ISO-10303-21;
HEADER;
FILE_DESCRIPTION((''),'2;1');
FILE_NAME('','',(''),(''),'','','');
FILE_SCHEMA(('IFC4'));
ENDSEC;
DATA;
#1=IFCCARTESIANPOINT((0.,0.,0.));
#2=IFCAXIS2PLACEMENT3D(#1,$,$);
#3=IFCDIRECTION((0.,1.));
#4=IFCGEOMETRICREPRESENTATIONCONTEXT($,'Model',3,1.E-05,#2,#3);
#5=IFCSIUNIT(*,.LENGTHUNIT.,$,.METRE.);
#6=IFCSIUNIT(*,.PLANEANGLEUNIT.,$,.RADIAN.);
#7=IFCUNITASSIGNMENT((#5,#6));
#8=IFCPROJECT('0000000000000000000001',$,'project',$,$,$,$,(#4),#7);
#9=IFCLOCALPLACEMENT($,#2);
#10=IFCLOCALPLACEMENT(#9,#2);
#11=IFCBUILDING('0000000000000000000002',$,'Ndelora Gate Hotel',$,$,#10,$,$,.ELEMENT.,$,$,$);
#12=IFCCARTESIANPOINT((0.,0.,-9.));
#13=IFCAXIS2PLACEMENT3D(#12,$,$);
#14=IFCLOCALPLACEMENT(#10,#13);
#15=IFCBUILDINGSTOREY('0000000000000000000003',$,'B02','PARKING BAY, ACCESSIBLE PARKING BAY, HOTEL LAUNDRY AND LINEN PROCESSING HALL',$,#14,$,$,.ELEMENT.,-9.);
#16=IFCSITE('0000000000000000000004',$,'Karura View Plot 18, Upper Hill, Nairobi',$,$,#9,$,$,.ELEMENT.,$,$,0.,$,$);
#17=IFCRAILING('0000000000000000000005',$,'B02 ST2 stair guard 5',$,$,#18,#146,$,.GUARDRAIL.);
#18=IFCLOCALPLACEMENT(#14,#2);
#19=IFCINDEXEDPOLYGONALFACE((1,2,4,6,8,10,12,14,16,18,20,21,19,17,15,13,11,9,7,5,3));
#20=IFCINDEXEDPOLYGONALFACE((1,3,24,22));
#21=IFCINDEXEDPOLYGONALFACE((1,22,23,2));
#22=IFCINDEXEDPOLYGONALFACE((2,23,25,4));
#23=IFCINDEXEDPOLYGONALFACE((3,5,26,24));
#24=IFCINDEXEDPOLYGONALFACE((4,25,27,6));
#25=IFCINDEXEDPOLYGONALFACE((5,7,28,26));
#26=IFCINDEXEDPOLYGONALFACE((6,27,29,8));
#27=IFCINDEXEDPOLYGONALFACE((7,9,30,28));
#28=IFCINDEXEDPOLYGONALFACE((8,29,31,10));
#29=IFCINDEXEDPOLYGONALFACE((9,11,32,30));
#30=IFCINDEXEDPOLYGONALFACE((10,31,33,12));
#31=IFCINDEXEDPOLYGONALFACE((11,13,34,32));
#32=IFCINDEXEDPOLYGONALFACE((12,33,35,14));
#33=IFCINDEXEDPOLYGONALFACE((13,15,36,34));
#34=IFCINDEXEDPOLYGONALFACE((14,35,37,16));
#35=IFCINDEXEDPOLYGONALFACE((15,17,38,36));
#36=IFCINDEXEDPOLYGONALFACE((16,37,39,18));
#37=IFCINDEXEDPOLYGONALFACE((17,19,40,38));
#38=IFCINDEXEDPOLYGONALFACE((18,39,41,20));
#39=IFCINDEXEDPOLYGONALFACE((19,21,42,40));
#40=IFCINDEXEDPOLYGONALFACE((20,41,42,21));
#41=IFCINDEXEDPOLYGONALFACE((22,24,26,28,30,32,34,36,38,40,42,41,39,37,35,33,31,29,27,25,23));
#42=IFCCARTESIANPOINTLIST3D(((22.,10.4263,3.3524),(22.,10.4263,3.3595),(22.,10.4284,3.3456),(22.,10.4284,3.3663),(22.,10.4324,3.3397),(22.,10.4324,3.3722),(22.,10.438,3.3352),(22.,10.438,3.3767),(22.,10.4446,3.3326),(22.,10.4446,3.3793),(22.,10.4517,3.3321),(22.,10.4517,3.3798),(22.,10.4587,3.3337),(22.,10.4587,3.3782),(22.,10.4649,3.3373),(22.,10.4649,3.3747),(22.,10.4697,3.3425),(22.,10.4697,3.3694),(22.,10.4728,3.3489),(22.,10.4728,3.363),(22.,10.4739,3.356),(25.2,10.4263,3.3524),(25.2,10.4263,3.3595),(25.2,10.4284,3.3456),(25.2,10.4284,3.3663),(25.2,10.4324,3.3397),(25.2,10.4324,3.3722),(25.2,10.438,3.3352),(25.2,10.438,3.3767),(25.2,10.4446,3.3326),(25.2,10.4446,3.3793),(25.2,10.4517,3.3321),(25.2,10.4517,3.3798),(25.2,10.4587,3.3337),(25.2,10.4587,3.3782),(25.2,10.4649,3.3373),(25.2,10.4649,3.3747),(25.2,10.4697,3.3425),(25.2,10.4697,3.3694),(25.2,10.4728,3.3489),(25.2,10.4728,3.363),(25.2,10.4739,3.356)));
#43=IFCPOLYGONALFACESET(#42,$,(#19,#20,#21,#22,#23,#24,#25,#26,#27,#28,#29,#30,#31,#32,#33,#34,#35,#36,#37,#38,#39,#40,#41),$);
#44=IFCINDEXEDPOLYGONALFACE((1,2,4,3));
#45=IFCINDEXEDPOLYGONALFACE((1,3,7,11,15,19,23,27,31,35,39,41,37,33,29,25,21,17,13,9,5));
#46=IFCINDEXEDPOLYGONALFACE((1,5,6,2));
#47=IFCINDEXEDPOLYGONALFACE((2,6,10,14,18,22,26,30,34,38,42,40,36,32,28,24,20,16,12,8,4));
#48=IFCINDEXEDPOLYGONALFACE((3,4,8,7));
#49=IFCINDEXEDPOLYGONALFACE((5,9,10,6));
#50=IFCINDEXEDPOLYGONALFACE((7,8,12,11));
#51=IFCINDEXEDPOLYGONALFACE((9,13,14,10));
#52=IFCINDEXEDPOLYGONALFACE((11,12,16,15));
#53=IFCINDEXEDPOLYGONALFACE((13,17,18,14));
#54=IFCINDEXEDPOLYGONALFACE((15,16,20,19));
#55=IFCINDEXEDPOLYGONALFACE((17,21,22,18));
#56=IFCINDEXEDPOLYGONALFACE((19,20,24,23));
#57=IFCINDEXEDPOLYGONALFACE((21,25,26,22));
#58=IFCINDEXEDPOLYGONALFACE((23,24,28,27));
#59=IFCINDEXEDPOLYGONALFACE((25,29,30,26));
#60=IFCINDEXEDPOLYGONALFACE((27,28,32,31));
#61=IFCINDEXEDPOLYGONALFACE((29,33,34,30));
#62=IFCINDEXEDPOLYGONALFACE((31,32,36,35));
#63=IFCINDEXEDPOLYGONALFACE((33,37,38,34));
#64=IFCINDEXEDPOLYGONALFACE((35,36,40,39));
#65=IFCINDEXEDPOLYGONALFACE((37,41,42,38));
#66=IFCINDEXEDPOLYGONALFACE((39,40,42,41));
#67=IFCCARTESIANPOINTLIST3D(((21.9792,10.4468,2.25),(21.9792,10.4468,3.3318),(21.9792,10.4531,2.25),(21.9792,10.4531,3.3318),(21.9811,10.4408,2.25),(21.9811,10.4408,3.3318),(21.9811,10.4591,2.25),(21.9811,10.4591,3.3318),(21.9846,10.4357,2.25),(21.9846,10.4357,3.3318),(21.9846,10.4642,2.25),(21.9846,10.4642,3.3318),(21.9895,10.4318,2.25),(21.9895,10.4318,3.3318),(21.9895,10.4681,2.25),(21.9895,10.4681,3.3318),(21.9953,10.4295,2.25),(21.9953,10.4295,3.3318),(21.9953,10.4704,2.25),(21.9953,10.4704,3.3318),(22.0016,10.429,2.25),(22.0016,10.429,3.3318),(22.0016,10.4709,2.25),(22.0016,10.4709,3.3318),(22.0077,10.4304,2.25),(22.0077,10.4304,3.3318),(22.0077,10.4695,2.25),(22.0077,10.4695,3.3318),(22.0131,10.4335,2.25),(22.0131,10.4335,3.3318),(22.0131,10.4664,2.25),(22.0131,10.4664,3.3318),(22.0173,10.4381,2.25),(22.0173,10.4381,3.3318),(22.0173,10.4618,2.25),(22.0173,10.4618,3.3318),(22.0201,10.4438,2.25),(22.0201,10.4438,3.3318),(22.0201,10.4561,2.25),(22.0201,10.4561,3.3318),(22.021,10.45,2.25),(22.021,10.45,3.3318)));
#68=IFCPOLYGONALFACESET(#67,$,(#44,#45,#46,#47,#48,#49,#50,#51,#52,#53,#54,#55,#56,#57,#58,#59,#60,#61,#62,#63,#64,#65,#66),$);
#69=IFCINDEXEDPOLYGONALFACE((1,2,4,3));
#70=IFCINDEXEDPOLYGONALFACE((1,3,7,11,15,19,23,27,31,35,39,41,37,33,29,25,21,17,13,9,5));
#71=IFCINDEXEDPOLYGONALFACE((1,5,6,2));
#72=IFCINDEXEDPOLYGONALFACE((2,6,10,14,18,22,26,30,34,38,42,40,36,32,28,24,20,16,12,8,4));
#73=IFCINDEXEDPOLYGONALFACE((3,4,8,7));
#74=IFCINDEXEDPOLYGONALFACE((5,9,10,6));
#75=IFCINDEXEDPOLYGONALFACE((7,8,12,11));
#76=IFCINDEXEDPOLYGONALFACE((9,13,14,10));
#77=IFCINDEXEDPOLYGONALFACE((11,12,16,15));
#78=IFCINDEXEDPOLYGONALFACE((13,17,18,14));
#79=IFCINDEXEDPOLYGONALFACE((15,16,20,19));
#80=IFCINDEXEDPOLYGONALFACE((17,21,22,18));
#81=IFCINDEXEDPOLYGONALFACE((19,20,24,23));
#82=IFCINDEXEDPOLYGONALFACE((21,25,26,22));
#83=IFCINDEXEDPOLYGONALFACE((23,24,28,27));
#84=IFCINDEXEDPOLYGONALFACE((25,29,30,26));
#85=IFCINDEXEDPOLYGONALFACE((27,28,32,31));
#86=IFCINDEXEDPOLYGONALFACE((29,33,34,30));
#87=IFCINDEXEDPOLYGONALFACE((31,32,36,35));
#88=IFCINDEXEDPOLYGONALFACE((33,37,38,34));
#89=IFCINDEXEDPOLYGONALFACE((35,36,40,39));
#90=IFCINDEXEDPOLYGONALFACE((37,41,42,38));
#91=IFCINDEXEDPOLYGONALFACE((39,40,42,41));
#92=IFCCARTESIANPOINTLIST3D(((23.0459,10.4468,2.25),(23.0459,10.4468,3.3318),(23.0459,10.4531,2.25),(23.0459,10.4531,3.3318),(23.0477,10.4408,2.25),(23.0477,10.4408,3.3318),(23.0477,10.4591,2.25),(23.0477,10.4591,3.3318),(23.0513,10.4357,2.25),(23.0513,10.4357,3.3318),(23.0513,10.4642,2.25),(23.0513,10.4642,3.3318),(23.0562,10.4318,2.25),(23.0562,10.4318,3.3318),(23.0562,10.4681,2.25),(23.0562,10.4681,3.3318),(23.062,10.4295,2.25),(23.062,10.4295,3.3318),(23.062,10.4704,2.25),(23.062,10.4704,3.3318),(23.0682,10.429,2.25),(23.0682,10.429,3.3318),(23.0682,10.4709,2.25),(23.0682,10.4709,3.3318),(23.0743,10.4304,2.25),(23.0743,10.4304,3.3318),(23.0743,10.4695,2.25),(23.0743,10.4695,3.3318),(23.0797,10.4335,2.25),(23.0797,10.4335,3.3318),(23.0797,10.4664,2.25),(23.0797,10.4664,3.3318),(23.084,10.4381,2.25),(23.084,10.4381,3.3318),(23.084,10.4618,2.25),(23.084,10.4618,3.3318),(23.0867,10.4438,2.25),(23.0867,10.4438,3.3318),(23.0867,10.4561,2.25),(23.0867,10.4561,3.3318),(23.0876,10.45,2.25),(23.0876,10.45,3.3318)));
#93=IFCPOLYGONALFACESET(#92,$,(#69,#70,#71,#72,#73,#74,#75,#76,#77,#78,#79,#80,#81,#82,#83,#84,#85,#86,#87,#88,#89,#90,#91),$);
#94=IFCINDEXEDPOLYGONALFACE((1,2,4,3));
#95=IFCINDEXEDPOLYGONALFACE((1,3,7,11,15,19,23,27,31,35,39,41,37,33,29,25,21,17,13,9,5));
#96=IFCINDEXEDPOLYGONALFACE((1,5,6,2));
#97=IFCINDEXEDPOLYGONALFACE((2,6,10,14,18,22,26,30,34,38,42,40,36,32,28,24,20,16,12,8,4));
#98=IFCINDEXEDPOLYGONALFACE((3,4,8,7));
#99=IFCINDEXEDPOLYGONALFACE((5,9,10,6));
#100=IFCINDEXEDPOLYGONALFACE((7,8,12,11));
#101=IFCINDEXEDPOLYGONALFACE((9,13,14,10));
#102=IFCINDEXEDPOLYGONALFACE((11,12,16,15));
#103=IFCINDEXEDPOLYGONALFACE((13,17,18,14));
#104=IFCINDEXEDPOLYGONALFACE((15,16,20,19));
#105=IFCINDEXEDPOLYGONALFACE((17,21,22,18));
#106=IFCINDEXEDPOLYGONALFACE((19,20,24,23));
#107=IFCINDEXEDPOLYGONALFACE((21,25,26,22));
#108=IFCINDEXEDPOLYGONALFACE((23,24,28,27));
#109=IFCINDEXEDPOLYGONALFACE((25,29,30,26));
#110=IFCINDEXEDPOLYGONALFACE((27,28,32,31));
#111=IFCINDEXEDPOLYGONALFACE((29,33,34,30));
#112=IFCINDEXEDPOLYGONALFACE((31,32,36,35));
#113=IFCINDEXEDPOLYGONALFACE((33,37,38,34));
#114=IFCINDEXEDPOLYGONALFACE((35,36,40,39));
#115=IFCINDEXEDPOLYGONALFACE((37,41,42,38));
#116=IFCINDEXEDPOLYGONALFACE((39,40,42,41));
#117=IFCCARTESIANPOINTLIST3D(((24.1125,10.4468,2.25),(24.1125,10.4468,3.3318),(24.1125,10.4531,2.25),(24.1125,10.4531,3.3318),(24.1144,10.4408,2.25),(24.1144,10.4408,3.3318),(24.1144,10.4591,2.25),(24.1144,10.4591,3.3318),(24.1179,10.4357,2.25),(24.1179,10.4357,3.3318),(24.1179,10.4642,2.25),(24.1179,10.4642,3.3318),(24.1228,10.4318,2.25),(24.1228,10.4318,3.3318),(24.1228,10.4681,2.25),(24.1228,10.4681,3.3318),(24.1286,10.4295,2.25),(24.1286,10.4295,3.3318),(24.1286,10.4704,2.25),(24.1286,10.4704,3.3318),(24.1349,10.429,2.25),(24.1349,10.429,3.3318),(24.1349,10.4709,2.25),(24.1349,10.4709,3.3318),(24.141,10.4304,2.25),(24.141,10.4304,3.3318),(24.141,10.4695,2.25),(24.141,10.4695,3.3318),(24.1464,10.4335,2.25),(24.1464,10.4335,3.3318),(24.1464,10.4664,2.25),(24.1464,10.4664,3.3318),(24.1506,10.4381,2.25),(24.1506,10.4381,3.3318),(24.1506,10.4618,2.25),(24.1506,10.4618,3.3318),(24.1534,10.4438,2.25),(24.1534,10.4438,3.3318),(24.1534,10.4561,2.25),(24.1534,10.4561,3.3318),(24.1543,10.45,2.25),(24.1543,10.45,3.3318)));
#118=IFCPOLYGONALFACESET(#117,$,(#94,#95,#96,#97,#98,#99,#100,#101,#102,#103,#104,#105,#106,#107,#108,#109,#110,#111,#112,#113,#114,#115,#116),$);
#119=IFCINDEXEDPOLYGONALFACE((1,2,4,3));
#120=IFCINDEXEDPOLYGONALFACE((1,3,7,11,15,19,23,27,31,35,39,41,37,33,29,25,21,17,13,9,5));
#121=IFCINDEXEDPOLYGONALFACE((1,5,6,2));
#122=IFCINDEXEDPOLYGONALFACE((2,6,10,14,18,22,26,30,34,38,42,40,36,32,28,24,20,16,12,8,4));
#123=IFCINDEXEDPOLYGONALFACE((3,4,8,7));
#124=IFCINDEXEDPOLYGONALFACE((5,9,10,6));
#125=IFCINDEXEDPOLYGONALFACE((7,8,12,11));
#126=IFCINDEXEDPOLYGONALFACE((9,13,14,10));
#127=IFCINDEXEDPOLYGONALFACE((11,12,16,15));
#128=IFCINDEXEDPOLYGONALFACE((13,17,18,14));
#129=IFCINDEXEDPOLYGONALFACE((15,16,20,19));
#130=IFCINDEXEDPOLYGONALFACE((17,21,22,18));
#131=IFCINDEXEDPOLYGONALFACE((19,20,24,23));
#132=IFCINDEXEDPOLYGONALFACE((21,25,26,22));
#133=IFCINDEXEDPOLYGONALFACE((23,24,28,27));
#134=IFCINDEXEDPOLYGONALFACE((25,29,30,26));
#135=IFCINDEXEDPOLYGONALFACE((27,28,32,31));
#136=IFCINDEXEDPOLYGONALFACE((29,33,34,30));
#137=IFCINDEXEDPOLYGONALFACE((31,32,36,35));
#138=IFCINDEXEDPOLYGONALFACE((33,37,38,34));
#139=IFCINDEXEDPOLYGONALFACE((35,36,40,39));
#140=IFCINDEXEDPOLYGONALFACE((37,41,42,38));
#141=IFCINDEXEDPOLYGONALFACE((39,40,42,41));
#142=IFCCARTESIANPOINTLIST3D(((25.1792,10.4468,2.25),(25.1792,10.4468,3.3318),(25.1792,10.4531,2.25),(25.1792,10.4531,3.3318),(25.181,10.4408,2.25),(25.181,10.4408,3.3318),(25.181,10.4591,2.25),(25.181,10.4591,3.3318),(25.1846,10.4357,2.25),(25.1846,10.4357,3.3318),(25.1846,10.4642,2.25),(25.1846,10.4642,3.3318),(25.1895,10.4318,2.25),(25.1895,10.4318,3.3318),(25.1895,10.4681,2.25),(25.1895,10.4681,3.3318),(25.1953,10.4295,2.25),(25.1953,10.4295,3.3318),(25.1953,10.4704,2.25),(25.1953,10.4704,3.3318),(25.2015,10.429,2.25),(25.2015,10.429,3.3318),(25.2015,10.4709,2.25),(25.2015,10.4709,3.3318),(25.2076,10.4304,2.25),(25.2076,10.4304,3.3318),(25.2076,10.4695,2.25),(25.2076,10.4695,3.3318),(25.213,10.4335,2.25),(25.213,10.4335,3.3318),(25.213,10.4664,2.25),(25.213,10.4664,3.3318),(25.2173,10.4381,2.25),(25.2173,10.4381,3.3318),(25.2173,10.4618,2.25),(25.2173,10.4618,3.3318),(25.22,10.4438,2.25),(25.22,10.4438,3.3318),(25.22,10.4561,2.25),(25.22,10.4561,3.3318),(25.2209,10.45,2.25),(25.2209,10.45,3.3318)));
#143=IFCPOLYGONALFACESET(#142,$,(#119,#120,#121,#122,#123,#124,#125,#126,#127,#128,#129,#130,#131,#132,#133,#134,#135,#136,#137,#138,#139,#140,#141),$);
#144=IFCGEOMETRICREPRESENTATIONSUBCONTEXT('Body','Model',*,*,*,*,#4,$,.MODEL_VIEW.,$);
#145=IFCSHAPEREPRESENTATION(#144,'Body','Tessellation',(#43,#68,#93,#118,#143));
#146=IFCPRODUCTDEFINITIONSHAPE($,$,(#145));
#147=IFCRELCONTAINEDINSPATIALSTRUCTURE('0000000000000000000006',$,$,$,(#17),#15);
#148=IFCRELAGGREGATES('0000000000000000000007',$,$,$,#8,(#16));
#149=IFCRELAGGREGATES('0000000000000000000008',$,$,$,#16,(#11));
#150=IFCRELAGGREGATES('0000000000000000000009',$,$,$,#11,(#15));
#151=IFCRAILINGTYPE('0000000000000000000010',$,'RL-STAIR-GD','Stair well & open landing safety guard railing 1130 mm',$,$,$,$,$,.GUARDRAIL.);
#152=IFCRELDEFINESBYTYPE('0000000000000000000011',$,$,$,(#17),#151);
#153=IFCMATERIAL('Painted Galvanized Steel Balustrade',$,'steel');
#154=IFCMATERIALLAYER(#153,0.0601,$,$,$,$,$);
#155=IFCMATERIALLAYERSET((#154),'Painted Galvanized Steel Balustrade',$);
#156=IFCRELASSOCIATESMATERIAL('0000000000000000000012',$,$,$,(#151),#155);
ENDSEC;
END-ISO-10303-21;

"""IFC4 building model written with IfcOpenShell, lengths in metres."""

from ifc_helpers import new_model, si_unit, direction, frame, origin, origin_2d, place, context, subcontext, project, spatial, circle, extrude, material, layer, layer_set, type_object, element, save


model = new_model("IFC4")

# Units and contexts
model_context = context("Model", 3, precision=1e-05, world=origin(), true_north=direction((0.0, 1.0)))
body_context = subcontext(model_context, "Body", "Model", "MODEL_VIEW")
ifc_project = project(units=[si_unit("LENGTHUNIT", "METRE"), si_unit("PLANEANGLEUNIT", "RADIAN")], contexts=[model_context])

# Site, building, storey
site_placement = place(None, origin())
site = spatial("IfcSite", under=ifc_project, at=site_placement, Name="Karura View Plot 18, Upper Hill, Nairobi", CompositionType="ELEMENT", RefElevation=0.0)
building_placement = place(site_placement, origin())
building = spatial("IfcBuilding", under=site, at=building_placement, Name="Ndelora Gate Hotel", CompositionType="ELEMENT")
storey_placement = place(building_placement, frame((0.0, 0.0, -9.0)))
storey = spatial("IfcBuildingStorey", under=building, at=storey_placement, Name="B02", Description="PARKING BAY, ACCESSIBLE PARKING BAY, HOTEL LAUNDRY AND LINEN PROCESSING HALL", CompositionType="ELEMENT", Elevation=-9.0)

# Railing
ifc_material_1 = material(Name="Painted Galvanized Steel Balustrade", Category="steel")
ifc_layer_1 = layer(ifc_material_1, 0.0601)
ifc_layer_set_1 = layer_set([ifc_layer_1], Name="Painted Galvanized Steel Balustrade")
railing_type_1 = type_object("IfcRailingType", Name="RL-STAIR-GD", Description="Stair well & open landing safety guard railing 1130 mm", PredefinedType="GUARDRAIL", material=ifc_layer_set_1)
railing_1_placement = place(storey_placement, frame((22.0, 10.45, 2.25)))
element("IfcRailing", 1, at=railing_1_placement, inside=storey, type_object=railing_type_1, Name="B02 ST2 stair guard 5", PredefinedType="GUARDRAIL", context=body_context, shape_type="SweptSolid", body=[
    extrude(circle(Radius=0.0239, at=origin_2d()), frame((0.0, 0.0, 1.106), z_axis=(1.0, 0.0, 0.0), x_axis=(0.0, 1.0, 0.0)), (0.0, 0.0, 1.0), 3.2),
    extrude(circle(Radius=0.021, at=origin_2d()), origin(), (0.0, 0.0, 1.0), 1.0818),
    extrude(circle(Radius=0.021, at=origin_2d()), frame((1.0667, 0.0, 0.0)), (0.0, 0.0, 1.0), 1.0818),
    extrude(circle(Radius=0.021, at=origin_2d()), frame((2.1333, 0.0, 0.0)), (0.0, 0.0, 1.0), 1.0818),
    extrude(circle(Radius=0.021, at=origin_2d()), frame((3.2, 0.0, 0.0)), (0.0, 0.0, 1.0), 1.0818),
])

save(model, "model.ifc")
